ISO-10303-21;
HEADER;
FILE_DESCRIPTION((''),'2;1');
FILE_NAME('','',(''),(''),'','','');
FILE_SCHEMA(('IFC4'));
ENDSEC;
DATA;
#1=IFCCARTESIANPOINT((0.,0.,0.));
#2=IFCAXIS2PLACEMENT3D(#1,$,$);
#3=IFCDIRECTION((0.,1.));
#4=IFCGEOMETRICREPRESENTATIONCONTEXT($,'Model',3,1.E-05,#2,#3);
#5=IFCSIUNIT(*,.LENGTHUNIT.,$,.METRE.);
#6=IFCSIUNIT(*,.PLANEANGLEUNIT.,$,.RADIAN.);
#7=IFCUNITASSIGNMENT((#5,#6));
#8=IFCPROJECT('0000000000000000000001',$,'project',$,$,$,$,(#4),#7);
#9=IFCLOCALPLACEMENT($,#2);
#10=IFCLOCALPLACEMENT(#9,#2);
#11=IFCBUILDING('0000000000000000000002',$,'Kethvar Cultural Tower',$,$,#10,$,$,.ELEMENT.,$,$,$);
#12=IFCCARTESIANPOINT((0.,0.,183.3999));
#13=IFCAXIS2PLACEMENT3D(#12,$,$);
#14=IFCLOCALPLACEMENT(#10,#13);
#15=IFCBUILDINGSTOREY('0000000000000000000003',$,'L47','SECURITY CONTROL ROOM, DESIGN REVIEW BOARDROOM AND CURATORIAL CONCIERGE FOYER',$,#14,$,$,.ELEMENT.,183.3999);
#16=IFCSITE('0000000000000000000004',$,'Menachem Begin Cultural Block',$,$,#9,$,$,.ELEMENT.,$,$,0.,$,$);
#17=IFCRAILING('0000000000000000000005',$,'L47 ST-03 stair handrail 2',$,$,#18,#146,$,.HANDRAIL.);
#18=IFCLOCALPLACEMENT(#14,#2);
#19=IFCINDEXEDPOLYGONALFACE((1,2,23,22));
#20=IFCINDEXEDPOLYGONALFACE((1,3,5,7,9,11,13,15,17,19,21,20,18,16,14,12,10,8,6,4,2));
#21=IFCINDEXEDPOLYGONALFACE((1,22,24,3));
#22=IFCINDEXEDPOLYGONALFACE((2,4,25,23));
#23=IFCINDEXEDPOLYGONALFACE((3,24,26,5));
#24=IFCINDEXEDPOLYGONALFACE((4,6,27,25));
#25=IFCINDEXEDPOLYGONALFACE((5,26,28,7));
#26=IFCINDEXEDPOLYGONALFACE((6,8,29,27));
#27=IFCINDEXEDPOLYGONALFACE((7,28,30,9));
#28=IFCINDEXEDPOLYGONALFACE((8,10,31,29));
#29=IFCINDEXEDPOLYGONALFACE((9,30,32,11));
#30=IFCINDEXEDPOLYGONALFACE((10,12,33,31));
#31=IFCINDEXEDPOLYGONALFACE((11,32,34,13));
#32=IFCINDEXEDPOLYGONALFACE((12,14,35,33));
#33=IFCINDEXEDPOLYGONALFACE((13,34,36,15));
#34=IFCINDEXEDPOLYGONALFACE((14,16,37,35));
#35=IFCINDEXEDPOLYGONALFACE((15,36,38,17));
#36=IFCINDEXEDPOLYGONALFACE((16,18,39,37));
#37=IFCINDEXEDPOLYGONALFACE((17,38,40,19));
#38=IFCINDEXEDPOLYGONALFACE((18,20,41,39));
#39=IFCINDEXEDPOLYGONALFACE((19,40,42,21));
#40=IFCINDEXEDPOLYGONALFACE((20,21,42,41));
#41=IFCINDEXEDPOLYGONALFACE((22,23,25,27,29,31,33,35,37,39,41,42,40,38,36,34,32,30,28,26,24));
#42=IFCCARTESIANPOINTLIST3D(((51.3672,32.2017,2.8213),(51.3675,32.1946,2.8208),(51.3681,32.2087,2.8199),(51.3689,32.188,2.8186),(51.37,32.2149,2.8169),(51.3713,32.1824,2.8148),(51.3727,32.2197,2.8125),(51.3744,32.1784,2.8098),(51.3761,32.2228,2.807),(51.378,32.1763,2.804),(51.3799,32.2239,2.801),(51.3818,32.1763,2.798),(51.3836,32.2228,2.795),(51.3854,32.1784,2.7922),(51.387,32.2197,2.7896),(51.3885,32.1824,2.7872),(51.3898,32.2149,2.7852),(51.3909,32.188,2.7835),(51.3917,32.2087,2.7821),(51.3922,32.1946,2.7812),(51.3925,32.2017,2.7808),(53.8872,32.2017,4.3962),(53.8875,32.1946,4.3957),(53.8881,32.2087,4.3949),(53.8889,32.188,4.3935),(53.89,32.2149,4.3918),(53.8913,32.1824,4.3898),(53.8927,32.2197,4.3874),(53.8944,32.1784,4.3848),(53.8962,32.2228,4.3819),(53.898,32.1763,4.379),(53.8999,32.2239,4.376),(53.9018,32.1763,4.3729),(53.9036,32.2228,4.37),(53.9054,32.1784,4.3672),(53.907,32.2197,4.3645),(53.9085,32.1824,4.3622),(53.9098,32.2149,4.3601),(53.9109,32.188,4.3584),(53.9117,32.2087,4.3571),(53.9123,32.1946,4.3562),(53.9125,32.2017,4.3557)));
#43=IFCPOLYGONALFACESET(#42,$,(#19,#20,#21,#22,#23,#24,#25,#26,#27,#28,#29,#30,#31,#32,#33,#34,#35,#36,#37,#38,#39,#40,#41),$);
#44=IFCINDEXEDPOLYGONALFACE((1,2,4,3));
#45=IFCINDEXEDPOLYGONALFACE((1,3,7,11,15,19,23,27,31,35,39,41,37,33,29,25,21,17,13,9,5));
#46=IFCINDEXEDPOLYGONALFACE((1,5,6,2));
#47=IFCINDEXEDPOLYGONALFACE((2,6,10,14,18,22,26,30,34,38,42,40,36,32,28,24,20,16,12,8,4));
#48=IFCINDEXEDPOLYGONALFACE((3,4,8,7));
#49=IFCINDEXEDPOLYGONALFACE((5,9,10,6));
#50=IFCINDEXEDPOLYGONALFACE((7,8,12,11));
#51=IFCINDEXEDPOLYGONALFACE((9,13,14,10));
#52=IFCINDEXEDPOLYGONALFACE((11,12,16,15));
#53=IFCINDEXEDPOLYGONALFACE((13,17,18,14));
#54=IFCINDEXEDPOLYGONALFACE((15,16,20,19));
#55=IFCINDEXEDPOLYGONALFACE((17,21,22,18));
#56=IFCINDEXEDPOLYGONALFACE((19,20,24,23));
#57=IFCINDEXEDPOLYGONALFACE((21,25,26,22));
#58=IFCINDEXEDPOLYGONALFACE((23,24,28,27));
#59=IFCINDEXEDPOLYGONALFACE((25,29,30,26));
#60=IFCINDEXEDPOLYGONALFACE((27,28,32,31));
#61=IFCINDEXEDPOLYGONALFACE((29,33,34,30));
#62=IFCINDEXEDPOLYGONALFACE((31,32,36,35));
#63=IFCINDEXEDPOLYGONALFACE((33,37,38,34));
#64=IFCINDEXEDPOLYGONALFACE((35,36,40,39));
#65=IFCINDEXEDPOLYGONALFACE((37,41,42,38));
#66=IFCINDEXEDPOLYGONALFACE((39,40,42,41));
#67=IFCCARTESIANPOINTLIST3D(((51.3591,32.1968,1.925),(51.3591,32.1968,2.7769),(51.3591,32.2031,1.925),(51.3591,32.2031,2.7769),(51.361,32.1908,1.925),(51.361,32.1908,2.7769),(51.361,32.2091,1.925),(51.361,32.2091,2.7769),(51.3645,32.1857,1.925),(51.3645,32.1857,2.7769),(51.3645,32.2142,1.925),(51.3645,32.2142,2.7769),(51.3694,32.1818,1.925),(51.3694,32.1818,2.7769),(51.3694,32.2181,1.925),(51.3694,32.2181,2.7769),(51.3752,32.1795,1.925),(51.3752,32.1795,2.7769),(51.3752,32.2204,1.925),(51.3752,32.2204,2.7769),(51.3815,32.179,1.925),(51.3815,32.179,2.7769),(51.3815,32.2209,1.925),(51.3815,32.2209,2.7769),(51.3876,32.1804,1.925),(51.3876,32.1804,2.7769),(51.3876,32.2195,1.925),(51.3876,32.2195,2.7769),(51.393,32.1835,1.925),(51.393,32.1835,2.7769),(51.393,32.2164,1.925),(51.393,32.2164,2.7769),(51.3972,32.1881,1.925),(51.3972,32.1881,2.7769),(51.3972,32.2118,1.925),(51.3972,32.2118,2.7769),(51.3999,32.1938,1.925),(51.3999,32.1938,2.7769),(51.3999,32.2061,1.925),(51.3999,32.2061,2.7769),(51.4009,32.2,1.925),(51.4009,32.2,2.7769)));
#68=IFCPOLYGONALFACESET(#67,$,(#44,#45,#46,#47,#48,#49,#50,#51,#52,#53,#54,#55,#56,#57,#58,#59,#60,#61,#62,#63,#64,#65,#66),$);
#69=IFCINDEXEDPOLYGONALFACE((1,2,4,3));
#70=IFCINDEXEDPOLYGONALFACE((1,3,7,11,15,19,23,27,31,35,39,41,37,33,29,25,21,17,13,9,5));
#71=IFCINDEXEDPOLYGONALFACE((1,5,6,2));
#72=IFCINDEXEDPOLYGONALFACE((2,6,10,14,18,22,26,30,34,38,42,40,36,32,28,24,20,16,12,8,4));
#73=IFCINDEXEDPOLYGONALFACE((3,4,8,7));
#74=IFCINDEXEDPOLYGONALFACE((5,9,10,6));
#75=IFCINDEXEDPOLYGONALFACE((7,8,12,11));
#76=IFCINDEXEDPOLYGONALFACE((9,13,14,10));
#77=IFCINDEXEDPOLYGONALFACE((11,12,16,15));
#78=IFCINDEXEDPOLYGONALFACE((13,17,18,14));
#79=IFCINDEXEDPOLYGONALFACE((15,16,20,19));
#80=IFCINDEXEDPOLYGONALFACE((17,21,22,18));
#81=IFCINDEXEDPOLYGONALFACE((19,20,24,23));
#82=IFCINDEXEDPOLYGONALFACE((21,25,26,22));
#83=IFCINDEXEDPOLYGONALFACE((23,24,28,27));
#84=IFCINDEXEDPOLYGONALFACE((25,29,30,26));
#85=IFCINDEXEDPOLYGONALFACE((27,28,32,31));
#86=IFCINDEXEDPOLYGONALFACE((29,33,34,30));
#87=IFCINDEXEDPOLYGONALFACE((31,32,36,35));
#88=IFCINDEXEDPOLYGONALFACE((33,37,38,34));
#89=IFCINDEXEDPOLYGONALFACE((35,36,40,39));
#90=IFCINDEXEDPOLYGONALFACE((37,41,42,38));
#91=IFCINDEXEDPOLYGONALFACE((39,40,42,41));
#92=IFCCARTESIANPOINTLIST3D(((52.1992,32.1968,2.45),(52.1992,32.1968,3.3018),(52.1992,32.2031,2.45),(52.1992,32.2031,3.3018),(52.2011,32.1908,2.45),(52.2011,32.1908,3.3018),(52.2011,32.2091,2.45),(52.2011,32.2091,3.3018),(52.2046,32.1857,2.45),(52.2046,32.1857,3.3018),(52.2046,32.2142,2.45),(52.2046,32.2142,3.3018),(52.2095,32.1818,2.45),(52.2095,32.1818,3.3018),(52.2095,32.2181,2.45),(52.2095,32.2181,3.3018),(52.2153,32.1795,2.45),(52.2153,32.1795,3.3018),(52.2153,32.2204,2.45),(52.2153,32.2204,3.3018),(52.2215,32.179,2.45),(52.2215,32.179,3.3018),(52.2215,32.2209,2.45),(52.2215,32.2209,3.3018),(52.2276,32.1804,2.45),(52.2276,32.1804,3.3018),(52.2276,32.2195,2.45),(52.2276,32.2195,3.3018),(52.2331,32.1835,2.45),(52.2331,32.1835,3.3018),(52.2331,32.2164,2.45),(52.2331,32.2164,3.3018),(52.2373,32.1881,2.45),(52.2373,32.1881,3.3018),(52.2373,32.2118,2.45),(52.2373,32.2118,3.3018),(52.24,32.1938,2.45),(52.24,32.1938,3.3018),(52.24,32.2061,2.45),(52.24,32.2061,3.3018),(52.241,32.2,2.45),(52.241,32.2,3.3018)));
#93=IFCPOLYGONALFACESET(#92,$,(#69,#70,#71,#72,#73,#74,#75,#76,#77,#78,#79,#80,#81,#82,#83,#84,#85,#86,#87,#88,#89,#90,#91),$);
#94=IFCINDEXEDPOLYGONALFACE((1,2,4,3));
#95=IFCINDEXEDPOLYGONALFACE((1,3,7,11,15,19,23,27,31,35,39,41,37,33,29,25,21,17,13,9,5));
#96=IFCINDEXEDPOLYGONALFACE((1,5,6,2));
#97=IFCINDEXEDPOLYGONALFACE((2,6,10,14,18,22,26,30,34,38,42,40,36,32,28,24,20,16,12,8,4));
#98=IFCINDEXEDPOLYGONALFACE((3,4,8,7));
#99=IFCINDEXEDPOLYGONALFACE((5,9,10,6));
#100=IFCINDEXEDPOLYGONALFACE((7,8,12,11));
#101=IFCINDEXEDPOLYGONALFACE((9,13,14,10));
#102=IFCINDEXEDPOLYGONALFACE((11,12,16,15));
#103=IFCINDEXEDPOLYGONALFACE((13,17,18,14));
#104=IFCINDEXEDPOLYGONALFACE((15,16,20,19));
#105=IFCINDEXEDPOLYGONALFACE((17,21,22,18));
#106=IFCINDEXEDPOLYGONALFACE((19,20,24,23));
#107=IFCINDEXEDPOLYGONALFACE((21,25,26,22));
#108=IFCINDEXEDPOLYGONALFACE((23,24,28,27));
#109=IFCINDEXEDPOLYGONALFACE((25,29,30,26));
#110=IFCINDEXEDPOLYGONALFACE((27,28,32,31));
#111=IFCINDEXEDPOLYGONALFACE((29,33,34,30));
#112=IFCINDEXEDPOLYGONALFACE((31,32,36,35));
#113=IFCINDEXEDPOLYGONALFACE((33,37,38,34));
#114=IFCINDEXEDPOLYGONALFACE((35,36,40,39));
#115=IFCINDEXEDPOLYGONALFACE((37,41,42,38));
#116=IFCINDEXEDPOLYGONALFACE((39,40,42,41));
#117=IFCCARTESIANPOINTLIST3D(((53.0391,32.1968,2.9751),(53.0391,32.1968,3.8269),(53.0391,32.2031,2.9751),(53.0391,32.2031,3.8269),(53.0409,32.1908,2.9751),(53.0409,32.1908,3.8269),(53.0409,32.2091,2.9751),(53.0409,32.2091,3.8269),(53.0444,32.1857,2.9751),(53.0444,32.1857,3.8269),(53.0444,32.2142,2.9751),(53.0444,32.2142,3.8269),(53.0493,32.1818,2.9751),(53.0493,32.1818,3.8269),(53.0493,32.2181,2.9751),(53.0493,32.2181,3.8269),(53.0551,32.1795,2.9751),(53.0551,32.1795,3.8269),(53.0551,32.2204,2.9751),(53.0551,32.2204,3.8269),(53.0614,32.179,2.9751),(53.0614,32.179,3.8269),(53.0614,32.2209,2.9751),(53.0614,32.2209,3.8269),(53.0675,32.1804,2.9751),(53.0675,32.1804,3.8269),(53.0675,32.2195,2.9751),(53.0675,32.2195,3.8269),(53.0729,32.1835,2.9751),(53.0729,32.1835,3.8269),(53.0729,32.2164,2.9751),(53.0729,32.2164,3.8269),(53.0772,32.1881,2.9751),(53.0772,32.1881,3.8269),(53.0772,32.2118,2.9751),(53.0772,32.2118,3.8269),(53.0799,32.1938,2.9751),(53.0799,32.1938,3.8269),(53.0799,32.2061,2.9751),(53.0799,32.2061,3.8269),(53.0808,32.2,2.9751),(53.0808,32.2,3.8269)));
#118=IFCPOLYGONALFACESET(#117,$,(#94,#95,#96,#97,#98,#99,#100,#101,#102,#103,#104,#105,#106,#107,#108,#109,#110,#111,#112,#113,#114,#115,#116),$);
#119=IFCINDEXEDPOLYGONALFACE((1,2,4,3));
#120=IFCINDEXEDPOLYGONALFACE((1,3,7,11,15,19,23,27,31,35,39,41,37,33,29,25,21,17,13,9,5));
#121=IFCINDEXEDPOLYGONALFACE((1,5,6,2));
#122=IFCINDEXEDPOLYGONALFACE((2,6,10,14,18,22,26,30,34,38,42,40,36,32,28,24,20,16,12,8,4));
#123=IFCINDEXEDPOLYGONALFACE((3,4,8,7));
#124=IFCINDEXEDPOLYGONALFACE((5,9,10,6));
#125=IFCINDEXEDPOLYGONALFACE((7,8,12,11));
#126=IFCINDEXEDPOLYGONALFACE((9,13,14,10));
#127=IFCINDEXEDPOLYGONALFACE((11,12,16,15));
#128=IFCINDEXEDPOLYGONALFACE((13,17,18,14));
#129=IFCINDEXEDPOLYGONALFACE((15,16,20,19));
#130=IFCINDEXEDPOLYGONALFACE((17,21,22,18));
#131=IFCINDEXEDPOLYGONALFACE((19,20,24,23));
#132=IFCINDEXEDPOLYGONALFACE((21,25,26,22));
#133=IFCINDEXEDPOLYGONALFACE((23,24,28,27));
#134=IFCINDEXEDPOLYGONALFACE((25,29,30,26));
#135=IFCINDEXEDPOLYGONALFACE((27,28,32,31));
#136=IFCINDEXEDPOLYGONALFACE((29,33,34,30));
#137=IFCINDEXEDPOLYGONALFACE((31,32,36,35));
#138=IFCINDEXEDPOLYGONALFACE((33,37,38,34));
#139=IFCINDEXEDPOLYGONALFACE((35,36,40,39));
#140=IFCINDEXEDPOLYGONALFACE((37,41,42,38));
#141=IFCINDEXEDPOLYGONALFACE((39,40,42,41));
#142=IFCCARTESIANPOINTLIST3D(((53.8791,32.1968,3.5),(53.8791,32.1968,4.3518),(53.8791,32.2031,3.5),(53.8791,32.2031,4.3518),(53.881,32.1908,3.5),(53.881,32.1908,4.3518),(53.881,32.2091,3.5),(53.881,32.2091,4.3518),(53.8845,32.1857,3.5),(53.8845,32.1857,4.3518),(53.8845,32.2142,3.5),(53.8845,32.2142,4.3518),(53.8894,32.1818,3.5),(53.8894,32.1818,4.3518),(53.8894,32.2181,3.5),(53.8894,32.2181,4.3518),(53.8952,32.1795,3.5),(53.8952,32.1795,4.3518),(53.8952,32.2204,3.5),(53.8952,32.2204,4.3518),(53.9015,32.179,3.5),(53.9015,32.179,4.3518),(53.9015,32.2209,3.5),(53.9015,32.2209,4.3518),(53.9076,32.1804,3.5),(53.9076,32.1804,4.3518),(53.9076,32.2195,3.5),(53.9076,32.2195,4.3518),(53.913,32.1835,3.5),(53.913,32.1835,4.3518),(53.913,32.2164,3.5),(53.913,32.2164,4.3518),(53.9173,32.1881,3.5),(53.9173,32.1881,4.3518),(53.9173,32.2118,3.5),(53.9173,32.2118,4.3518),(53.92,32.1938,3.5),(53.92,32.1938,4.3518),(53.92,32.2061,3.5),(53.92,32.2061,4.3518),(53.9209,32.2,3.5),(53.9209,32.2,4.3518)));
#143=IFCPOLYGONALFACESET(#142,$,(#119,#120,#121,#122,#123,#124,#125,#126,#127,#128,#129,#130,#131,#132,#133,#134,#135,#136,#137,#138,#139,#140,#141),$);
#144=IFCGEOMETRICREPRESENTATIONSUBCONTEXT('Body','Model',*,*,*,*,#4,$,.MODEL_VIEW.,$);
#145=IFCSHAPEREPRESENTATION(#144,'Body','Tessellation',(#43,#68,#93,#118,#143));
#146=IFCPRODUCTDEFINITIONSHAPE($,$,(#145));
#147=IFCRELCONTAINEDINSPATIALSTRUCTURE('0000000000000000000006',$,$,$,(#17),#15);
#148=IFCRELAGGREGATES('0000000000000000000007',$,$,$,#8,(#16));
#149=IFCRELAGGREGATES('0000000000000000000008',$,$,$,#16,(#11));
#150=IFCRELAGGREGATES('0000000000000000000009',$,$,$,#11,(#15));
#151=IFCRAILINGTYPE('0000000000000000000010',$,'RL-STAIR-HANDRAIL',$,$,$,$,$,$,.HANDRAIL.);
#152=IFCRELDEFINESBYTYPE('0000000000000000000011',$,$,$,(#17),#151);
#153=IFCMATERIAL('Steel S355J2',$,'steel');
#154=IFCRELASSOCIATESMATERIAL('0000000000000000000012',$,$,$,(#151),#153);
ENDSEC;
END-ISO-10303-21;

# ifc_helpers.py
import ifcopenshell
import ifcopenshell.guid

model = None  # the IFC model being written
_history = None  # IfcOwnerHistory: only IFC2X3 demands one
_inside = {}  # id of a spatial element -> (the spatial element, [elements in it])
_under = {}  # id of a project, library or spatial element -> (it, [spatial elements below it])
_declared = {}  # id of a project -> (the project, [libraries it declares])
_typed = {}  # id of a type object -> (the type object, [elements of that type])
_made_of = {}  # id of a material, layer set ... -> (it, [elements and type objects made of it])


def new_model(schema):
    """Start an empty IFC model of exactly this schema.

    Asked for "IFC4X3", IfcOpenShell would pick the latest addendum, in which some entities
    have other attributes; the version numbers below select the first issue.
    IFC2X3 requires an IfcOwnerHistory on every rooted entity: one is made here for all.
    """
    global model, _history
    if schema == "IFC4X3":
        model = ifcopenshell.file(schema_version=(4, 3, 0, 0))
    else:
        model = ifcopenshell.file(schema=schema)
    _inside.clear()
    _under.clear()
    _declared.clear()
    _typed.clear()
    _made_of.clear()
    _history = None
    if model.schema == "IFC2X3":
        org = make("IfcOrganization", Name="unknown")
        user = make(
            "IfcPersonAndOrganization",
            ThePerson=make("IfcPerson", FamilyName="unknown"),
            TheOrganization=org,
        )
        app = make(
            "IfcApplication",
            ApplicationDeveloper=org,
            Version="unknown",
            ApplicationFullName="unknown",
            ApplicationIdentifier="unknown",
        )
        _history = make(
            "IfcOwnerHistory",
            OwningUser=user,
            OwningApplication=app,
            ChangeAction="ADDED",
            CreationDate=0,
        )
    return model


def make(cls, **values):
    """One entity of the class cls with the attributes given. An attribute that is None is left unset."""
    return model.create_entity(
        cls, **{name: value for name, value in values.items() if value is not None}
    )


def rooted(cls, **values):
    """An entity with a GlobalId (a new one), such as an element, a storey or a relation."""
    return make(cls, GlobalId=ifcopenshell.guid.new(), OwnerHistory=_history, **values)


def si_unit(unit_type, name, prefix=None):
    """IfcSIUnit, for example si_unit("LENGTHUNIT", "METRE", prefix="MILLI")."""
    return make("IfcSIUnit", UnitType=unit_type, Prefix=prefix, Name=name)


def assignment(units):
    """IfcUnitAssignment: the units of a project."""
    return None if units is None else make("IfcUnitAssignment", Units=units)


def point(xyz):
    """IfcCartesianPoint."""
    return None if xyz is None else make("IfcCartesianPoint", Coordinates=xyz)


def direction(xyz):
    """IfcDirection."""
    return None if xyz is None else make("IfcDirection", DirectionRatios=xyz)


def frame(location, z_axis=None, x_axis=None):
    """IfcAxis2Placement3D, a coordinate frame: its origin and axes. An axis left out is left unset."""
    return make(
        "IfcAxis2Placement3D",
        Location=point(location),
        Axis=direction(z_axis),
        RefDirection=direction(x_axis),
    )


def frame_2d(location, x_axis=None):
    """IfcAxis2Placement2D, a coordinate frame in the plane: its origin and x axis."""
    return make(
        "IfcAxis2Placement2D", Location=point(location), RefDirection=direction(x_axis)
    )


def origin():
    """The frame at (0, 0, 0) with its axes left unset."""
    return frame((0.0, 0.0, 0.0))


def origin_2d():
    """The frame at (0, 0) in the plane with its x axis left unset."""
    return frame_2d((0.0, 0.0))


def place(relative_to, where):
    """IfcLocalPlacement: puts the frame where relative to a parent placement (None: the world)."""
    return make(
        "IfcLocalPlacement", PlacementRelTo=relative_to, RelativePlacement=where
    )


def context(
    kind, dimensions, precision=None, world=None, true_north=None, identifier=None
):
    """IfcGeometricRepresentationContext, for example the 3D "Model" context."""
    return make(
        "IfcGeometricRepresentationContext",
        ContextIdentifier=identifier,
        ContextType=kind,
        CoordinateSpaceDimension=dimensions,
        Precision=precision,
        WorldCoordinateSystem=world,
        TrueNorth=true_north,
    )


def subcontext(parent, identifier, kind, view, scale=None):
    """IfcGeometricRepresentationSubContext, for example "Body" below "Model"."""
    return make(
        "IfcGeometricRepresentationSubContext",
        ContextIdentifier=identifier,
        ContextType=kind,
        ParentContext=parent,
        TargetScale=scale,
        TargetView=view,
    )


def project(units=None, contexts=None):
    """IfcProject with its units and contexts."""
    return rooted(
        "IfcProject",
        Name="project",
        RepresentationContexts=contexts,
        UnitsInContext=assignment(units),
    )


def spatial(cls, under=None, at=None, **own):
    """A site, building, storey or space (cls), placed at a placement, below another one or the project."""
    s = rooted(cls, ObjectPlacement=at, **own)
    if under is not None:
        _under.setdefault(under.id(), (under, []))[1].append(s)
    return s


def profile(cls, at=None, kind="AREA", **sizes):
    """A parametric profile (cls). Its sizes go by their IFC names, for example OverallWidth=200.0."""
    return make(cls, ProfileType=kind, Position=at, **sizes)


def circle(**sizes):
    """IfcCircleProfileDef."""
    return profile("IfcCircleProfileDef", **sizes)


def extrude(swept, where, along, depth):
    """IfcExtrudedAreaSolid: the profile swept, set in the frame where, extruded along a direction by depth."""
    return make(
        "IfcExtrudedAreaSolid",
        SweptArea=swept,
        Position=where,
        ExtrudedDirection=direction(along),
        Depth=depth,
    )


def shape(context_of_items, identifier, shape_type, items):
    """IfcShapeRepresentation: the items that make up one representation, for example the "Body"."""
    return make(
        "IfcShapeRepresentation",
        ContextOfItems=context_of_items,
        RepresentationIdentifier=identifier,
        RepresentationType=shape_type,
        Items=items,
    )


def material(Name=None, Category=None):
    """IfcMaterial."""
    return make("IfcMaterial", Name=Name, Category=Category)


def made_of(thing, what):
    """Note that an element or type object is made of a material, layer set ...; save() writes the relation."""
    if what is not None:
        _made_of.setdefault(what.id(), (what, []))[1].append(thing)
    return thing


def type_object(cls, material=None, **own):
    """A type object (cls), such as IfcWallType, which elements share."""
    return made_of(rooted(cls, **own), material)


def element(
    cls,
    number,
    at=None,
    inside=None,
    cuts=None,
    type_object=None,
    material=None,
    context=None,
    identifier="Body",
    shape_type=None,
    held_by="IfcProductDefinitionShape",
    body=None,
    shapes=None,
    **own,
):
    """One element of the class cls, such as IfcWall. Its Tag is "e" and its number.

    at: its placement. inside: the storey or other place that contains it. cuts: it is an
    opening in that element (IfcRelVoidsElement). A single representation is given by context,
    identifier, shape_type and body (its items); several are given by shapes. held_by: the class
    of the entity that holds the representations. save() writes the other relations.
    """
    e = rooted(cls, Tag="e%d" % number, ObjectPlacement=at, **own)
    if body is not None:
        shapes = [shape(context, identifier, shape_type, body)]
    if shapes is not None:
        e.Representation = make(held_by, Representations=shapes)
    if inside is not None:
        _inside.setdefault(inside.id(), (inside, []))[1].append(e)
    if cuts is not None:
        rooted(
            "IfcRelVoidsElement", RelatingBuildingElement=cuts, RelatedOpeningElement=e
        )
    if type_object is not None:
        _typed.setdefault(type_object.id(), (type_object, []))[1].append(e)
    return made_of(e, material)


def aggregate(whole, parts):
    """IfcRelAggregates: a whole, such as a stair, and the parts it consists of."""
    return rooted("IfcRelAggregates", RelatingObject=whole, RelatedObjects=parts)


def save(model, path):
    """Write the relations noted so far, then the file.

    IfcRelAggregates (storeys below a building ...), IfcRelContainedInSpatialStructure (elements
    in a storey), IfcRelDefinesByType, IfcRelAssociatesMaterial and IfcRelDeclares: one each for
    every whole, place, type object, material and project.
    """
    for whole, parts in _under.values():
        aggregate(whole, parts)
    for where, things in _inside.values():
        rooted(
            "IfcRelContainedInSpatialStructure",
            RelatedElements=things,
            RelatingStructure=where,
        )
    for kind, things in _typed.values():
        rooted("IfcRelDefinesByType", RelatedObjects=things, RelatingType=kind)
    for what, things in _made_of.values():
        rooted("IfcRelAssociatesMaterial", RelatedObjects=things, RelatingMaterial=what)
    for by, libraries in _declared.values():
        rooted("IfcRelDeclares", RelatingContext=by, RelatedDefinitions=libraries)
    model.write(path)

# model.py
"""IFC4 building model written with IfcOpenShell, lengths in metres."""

from ifc_helpers import new_model, si_unit, direction, frame, origin, origin_2d, place, context, subcontext, project, spatial, circle, extrude, material, type_object, element, save


model = new_model("IFC4")

# Units and contexts
model_context = context("Model", 3, precision=1e-05, world=origin(), true_north=direction((0.0, 1.0)))
body_context = subcontext(model_context, "Body", "Model", "MODEL_VIEW")
ifc_project = project(units=[si_unit("LENGTHUNIT", "METRE"), si_unit("PLANEANGLEUNIT", "RADIAN")], contexts=[model_context])

# Site, building, storey
site_placement = place(None, origin())
site = spatial("IfcSite", under=ifc_project, at=site_placement, Name="Menachem Begin Cultural Block", CompositionType="ELEMENT", RefElevation=0.0)
building_placement = place(site_placement, origin())
building = spatial("IfcBuilding", under=site, at=building_placement, Name="Kethvar Cultural Tower", CompositionType="ELEMENT")
storey_placement = place(building_placement, frame((0.0, 0.0, 183.3999)))
storey = spatial("IfcBuildingStorey", under=building, at=storey_placement, Name="L47", Description="SECURITY CONTROL ROOM, DESIGN REVIEW BOARDROOM AND CURATORIAL CONCIERGE FOYER", CompositionType="ELEMENT", Elevation=183.3999)

# Shared definitions
ifc_material_1 = material(Name="Steel S355J2", Category="steel")

# Railing
railing_type_1 = type_object("IfcRailingType", Name="RL-STAIR-HANDRAIL", PredefinedType="HANDRAIL", material=ifc_material_1)
railing_1_placement = place(storey_placement, frame((51.3799, 32.2, 1.925)))
element("IfcRailing", 1, at=railing_1_placement, inside=storey, type_object=railing_type_1, Name="L47 ST-03 stair handrail 2", PredefinedType="HANDRAIL", context=body_context, shape_type="SweptSolid", body=[
    extrude(circle(Radius=0.0239, at=origin_2d()), frame((0.0, 0.0, 0.876), z_axis=(0.848008, 0.0, 0.529984), x_axis=(0.0, 1.0, 0.0)), (0.0, 0.0, 1.0), 2.9717),
    extrude(circle(Radius=0.021, at=origin_2d()), origin(), (0.0, 0.0, 1.0), 0.8518),
    extrude(circle(Radius=0.021, at=origin_2d()), frame((0.8401, 0.0, 0.5249)), (0.0, 0.0, 1.0), 0.8518),
    extrude(circle(Radius=0.021, at=origin_2d()), frame((1.6799, 0.0, 1.05)), (0.0, 0.0, 1.0), 0.8518),
    extrude(circle(Radius=0.021, at=origin_2d()), frame((2.52, 0.0, 1.575)), (0.0, 0.0, 1.0), 0.8518),
])

save(model, "model.ifc")
